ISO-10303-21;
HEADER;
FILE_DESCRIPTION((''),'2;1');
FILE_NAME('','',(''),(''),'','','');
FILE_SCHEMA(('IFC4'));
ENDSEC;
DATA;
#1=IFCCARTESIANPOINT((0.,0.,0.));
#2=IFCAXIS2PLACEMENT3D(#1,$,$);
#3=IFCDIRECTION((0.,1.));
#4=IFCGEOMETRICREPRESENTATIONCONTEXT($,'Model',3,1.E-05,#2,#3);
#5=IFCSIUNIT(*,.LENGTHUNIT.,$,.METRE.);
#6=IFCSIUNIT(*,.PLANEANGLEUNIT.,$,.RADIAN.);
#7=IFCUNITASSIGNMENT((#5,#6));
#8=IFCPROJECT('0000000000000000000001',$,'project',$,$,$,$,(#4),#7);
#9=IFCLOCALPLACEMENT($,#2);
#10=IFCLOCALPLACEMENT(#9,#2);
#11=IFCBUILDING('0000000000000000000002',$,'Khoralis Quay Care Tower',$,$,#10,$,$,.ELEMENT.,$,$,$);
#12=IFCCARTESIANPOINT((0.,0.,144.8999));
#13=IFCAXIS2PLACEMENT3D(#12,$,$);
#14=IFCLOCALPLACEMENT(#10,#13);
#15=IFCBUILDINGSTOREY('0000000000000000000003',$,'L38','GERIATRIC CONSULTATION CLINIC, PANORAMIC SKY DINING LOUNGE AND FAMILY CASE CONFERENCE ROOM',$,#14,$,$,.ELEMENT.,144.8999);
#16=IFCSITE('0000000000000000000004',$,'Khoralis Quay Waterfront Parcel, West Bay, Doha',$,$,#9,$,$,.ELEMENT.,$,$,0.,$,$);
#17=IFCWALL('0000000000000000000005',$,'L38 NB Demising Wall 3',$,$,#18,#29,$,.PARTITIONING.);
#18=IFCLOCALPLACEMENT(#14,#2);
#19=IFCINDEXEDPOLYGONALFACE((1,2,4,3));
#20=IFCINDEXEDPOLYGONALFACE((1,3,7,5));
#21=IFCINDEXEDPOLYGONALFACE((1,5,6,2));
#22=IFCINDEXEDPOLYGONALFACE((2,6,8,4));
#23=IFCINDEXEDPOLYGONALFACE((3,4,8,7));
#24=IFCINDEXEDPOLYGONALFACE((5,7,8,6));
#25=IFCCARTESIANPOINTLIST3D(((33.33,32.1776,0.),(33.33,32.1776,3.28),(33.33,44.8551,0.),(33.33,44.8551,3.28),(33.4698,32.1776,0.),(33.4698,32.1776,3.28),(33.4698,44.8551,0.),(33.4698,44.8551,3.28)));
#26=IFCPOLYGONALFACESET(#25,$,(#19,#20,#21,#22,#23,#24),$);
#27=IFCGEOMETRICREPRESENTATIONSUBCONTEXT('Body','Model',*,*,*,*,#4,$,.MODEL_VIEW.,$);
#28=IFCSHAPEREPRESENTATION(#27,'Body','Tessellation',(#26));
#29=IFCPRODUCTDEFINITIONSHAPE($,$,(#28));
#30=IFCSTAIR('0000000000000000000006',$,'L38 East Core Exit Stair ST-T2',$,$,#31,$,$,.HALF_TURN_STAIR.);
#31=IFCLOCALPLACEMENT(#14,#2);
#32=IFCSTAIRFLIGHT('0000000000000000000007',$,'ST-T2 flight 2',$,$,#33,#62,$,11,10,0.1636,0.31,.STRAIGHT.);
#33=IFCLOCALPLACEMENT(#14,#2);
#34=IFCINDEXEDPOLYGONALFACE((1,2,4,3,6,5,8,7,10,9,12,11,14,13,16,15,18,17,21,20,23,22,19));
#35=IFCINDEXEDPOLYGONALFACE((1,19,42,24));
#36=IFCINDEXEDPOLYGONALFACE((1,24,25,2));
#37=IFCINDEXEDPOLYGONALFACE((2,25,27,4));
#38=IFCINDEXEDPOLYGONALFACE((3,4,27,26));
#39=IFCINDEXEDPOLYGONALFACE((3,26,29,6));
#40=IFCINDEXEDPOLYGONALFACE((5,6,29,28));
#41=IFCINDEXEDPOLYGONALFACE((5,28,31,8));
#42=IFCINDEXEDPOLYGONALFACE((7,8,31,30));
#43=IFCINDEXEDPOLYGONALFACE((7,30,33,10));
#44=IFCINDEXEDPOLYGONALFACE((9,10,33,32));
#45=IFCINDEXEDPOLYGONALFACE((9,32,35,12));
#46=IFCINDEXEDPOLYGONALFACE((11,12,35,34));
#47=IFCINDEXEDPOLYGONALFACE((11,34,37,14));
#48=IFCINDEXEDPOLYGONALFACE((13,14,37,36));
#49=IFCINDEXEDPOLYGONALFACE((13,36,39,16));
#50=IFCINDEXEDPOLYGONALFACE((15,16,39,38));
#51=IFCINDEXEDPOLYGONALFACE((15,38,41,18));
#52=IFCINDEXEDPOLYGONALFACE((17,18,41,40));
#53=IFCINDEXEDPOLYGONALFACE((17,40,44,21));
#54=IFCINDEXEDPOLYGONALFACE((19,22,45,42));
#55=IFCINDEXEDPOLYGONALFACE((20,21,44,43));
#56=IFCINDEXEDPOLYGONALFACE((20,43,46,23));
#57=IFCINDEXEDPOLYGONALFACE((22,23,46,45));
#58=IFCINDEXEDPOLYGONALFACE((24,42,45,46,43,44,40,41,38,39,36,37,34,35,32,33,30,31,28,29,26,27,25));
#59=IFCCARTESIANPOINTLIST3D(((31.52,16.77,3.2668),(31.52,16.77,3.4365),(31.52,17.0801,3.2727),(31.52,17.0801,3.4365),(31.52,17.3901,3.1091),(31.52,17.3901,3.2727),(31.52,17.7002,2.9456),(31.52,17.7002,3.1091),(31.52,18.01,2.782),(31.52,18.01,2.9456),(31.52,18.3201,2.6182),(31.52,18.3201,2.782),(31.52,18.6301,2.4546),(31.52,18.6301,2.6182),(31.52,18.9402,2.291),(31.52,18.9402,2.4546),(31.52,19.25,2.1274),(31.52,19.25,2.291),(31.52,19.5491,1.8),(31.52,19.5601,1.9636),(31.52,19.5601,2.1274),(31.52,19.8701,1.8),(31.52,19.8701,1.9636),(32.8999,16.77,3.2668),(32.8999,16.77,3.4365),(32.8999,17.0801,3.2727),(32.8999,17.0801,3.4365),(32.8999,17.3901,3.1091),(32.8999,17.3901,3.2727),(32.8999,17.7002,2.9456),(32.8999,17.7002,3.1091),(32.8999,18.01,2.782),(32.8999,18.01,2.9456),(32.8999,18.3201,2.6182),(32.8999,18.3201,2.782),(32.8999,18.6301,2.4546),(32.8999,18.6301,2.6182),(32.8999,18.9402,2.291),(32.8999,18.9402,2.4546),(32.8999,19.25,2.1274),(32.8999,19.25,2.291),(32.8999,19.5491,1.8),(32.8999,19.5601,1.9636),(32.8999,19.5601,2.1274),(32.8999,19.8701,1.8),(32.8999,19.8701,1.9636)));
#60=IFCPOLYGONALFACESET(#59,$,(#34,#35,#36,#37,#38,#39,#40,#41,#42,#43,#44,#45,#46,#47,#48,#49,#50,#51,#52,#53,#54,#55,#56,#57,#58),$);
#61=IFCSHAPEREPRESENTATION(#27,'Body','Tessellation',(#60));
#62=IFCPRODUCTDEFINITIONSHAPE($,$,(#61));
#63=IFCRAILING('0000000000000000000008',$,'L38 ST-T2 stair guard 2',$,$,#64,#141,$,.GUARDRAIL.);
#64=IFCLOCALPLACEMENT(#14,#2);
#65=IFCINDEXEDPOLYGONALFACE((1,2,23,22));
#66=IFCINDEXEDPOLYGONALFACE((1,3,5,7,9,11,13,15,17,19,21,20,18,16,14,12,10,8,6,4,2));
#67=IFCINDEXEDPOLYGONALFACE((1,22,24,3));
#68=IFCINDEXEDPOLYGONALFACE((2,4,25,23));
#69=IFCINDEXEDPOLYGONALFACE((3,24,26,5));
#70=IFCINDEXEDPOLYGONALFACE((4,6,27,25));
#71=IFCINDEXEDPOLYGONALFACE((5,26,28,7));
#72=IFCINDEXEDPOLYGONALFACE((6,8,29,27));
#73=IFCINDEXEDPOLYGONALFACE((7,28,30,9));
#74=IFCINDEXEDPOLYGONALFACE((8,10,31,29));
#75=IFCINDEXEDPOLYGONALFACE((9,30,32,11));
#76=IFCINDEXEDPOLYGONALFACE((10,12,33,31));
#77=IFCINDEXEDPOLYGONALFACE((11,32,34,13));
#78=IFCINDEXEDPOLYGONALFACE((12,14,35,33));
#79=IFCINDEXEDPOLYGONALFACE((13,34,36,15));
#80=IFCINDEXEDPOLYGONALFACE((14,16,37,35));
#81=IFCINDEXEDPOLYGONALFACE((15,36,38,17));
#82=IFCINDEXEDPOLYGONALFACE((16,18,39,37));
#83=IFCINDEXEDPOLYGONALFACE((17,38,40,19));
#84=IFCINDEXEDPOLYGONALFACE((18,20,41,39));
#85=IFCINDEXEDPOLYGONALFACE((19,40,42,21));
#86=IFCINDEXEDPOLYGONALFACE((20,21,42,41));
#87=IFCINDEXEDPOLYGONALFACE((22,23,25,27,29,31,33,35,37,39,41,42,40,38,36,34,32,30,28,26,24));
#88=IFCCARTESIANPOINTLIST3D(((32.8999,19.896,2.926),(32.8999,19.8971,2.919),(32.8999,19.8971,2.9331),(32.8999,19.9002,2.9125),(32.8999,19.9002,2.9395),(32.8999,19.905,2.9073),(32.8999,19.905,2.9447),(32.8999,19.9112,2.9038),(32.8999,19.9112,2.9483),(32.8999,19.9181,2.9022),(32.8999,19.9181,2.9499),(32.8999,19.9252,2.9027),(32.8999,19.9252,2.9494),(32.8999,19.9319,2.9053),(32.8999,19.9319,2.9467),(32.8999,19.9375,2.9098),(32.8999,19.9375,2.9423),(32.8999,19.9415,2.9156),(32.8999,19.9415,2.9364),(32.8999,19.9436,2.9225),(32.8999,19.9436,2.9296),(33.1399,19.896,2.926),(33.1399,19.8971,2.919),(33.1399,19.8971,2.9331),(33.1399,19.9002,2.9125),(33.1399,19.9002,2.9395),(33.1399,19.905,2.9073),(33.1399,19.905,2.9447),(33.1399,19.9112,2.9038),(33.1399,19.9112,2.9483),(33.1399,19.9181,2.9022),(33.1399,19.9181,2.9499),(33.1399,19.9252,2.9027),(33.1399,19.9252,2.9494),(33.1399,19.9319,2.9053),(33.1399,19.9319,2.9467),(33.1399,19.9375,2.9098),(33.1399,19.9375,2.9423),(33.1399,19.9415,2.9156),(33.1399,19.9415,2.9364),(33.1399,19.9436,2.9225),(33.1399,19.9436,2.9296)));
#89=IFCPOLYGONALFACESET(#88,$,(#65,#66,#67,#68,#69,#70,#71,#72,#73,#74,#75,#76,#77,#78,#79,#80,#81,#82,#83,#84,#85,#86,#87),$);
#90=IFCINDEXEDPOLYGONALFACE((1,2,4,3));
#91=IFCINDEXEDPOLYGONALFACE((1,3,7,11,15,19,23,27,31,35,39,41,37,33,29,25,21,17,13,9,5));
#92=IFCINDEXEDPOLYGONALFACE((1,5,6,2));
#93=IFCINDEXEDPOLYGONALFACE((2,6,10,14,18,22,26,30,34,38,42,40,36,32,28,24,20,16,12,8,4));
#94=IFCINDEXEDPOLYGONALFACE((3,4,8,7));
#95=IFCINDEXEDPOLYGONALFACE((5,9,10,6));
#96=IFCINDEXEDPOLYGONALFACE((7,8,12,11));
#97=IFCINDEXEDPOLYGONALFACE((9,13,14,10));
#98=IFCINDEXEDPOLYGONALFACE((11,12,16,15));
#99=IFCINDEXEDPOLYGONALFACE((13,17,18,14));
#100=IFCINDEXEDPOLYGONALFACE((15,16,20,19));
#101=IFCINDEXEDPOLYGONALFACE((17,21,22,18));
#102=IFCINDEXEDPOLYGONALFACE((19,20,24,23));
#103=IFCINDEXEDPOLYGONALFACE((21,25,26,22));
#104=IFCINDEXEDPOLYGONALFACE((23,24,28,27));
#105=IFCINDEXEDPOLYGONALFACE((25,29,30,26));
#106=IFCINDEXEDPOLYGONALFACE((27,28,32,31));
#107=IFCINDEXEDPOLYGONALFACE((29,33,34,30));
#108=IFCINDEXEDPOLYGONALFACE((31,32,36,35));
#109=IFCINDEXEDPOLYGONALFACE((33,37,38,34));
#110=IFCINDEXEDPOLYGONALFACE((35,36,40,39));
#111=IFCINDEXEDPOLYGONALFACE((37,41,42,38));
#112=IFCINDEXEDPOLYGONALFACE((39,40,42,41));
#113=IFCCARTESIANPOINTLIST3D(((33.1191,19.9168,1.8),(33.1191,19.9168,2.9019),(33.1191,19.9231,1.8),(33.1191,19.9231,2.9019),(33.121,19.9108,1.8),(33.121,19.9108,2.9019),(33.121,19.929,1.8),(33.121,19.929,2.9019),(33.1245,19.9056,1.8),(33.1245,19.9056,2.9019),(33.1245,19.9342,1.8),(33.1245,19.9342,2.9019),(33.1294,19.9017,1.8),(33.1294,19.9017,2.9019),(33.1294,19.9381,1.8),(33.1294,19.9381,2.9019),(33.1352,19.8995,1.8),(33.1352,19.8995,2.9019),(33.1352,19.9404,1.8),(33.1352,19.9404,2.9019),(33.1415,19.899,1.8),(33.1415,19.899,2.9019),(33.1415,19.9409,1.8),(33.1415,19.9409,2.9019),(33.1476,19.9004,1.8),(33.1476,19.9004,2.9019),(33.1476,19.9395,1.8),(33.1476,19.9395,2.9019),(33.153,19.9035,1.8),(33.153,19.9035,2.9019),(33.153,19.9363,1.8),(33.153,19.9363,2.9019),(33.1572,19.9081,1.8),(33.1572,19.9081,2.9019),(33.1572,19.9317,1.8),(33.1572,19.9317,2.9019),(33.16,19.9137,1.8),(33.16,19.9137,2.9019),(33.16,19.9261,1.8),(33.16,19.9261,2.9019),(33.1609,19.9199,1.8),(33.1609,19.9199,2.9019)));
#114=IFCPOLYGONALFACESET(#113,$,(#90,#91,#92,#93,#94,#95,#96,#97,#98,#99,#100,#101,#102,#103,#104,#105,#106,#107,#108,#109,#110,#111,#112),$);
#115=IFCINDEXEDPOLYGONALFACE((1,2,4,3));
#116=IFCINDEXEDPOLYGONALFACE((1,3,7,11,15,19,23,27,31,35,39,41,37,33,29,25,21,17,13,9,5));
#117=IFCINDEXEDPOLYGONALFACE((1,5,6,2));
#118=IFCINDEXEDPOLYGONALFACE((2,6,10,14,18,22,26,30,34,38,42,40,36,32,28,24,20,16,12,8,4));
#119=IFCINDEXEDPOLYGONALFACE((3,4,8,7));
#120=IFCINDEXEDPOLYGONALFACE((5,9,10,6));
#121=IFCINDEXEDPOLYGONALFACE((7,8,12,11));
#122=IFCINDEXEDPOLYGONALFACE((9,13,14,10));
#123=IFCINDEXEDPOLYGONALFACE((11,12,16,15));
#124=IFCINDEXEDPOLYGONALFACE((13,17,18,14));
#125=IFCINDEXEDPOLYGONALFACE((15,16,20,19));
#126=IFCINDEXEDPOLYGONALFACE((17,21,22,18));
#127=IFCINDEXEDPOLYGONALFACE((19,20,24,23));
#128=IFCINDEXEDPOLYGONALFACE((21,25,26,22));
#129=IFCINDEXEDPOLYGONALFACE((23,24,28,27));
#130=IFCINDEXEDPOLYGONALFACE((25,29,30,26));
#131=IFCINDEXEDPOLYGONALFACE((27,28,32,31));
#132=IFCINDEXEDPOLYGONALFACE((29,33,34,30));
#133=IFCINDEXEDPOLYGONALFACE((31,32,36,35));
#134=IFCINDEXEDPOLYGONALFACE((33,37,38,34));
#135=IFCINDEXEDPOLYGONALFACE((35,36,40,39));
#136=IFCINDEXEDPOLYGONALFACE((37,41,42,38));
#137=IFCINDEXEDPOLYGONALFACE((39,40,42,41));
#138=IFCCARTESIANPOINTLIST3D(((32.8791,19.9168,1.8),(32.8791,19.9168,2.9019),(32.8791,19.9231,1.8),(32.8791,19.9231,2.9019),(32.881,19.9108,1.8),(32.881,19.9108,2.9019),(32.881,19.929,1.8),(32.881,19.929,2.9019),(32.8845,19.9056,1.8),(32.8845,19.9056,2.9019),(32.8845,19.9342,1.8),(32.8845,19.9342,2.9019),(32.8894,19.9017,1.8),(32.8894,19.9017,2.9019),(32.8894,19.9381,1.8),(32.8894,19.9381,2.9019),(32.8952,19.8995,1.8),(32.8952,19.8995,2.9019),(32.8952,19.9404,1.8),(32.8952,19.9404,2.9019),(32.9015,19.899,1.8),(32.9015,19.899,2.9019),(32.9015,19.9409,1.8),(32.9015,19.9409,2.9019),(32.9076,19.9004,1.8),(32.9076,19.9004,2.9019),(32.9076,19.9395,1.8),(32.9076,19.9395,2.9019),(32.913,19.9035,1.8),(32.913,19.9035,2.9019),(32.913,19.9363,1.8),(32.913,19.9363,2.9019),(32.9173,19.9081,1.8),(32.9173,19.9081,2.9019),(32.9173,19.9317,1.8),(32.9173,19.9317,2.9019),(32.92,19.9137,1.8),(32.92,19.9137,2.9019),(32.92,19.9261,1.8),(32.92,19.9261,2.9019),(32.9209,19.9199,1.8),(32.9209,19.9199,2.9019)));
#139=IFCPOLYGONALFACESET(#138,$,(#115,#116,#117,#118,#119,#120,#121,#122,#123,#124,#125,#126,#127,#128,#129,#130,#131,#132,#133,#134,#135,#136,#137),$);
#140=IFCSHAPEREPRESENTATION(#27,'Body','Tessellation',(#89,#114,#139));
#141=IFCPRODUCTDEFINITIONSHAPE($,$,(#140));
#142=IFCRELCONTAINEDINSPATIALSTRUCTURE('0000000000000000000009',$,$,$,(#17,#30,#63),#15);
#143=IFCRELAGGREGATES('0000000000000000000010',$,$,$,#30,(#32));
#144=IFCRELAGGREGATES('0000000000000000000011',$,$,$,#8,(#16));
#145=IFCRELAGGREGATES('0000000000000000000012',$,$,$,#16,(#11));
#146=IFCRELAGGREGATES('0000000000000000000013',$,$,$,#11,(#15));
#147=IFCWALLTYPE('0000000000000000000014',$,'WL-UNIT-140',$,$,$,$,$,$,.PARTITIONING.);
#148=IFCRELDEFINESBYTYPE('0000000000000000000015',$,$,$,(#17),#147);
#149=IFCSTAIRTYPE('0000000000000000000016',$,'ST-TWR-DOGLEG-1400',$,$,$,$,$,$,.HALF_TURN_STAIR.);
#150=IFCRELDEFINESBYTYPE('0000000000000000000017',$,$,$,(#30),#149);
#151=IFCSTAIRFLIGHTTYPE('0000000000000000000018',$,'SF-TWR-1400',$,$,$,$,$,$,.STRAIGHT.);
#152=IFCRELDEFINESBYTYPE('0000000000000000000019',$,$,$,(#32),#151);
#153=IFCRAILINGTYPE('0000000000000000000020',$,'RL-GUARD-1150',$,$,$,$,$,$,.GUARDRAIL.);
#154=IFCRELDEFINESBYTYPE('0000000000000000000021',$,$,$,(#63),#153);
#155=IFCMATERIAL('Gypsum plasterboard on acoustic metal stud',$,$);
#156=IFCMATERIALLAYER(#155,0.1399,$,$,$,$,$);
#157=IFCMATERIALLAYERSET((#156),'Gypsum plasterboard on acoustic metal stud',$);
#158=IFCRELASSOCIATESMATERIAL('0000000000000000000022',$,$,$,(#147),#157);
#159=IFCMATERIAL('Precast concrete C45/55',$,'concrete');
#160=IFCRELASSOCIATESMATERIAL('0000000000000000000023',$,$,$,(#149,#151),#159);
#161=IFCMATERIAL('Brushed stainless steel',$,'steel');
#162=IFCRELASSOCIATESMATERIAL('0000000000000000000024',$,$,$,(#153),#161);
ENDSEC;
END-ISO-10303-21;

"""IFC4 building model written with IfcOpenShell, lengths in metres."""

from ifc_helpers import new_model, si_unit, direction, frame, frame_2d, origin, origin_2d, place, context, subcontext, project, spatial, polyline, rectangle, circle, outline, extrude, source, transform, mapped, material, layer, layer_set, type_object, element, aggregate, save


model = new_model("IFC4")

# Units and contexts
model_context = context("Model", 3, precision=1e-05, world=origin(), true_north=direction((0.0, 1.0)))
body_context = subcontext(model_context, "Body", "Model", "MODEL_VIEW")
ifc_project = project(units=[si_unit("LENGTHUNIT", "METRE"), si_unit("PLANEANGLEUNIT", "RADIAN")], contexts=[model_context])

# Site, building, storey
site_placement = place(None, origin())
site = spatial("IfcSite", under=ifc_project, at=site_placement, Name="Khoralis Quay Waterfront Parcel, West Bay, Doha", CompositionType="ELEMENT", RefElevation=0.0)
building_placement = place(site_placement, origin())
building = spatial("IfcBuilding", under=site, at=building_placement, Name="Khoralis Quay Care Tower", CompositionType="ELEMENT")
storey_placement = place(building_placement, frame((0.0, 0.0, 144.8999)))
storey = spatial("IfcBuildingStorey", under=building, at=storey_placement, Name="L38", Description="GERIATRIC CONSULTATION CLINIC, PANORAMIC SKY DINING LOUNGE AND FAMILY CASE CONFERENCE ROOM", CompositionType="ELEMENT", Elevation=144.8999)

# Shared definitions
ifc_material_1 = material(Name="Brushed stainless steel", Category="steel")

# Shared definitions
ifc_material_2 = material(Name="Gypsum plasterboard on acoustic metal stud")

# Wall
ifc_layer_1 = layer(ifc_material_2, 0.1399)
ifc_layer_set_1 = layer_set([ifc_layer_1], Name="Gypsum plasterboard on acoustic metal stud")
wall_type_1 = type_object("IfcWallType", Name="WL-UNIT-140", PredefinedType="PARTITIONING", material=ifc_layer_set_1)
for number, where, z_axis, x_axis, name in (
    (1, (33.3999, 32.1775, 0.0), (0.0, 0.0, 1.0), (0.0, 1.0, 0.0), "L38 NB Demising Wall 3"),
):
    element("IfcWall", number, at=place(storey_placement, frame(where, z_axis=z_axis, x_axis=x_axis)), inside=storey, type_object=wall_type_1, Name=name, PredefinedType="PARTITIONING", context=body_context, shape_type="SweptSolid", body=[
        extrude(rectangle(XDim=12.6775, YDim=0.1399, at=frame_2d((6.3389, 0.0))), origin(), (0.0, 0.0, 1.0), 3.28),
    ])

# Stair, stair flight
ifc_material_3 = material(Name="Precast concrete C45/55", Category="concrete")
stair_type = type_object("IfcStairType", Name="ST-TWR-DOGLEG-1400", PredefinedType="HALF_TURN_STAIR", material=ifc_material_3)
stair_placement = place(storey_placement, origin())
stair = element("IfcStair", 2, at=stair_placement, inside=storey, type_object=stair_type, Name="L38 East Core Exit Stair ST-T2", PredefinedType="HALF_TURN_STAIR")
stair_flight_type = type_object("IfcStairFlightType", Name="SF-TWR-1400", PredefinedType="STRAIGHT", material=ifc_material_3)
shared_shape_1 = source(origin(), body_context, "Body", "SweptSolid", [
    extrude(outline(polyline([(0.0, 0.0), (0.0, 0.1636), (0.3101, 0.1636), (0.3101, 0.3274), (0.6201, 0.3274), (0.6201, 0.491), (0.9299, 0.491), (0.9299, 0.6545), (1.24, 0.6545), (1.24, 0.8181), (1.55, 0.8181), (1.55, 0.9819), (1.8601, 0.9819), (1.8601, 1.1455), (2.1699, 1.1455), (2.1699, 1.3091), (2.48, 1.3091), (2.48, 1.4727), (2.79, 1.4727), (2.79, 1.6365), (3.1001, 1.6365), (3.1001, 1.8), (3.1001, 1.4668), (0.321, 0.0), (0.0, 0.0)])), frame((0.0, 0.6899, 0.0), z_axis=(0.0, -1.0, 0.0), x_axis=(1.0, 0.0, 0.0)), (0.0, 0.0, 1.0), 1.3799),
])
stair_flight_placement = place(storey_placement, frame((32.21, 19.8701, 1.8), z_axis=(0.0, 0.0, 1.0), x_axis=(0.0, -1.0, 0.0)))
stair_flight = element("IfcStairFlight", 3, at=stair_flight_placement, type_object=stair_flight_type, Name="ST-T2 flight 2", NumberOfRisers=11, NumberOfTreads=10, PredefinedType="STRAIGHT", RiserHeight=0.1636, TreadLength=0.31, context=body_context, shape_type="MappedRepresentation", body=[
    mapped(shared_shape_1, transform((0.0, 0.0, 0.0), scale=1.0)),
])
aggregate(stair, [stair_flight])

# Railing
railing_type = type_object("IfcRailingType", Name="RL-GUARD-1150", PredefinedType="GUARDRAIL", material=ifc_material_1)
railing_1_placement = place(storey_placement, frame((33.1399, 19.9199, 1.8)))
element("IfcRailing", 4, at=railing_1_placement, inside=storey, type_object=railing_type, Name="L38 ST-T2 stair guard 2", PredefinedType="GUARDRAIL", context=body_context, shape_type="SweptSolid", body=[
    extrude(circle(Radius=0.0239, at=origin_2d()), frame((0.0, 0.0, 1.126), z_axis=(-1.0, 0.0, 0.0), x_axis=(0.0, -1.0, 0.0)), (0.0, 0.0, 1.0), 0.24),
    extrude(circle(Radius=0.021, at=origin_2d()), origin(), (0.0, 0.0, 1.0), 1.1018),
    extrude(circle(Radius=0.021, at=origin_2d()), frame((-0.24, 0.0, 0.0)), (0.0, 0.0, 1.0), 1.1018),
])

save(model, "model.ifc")
